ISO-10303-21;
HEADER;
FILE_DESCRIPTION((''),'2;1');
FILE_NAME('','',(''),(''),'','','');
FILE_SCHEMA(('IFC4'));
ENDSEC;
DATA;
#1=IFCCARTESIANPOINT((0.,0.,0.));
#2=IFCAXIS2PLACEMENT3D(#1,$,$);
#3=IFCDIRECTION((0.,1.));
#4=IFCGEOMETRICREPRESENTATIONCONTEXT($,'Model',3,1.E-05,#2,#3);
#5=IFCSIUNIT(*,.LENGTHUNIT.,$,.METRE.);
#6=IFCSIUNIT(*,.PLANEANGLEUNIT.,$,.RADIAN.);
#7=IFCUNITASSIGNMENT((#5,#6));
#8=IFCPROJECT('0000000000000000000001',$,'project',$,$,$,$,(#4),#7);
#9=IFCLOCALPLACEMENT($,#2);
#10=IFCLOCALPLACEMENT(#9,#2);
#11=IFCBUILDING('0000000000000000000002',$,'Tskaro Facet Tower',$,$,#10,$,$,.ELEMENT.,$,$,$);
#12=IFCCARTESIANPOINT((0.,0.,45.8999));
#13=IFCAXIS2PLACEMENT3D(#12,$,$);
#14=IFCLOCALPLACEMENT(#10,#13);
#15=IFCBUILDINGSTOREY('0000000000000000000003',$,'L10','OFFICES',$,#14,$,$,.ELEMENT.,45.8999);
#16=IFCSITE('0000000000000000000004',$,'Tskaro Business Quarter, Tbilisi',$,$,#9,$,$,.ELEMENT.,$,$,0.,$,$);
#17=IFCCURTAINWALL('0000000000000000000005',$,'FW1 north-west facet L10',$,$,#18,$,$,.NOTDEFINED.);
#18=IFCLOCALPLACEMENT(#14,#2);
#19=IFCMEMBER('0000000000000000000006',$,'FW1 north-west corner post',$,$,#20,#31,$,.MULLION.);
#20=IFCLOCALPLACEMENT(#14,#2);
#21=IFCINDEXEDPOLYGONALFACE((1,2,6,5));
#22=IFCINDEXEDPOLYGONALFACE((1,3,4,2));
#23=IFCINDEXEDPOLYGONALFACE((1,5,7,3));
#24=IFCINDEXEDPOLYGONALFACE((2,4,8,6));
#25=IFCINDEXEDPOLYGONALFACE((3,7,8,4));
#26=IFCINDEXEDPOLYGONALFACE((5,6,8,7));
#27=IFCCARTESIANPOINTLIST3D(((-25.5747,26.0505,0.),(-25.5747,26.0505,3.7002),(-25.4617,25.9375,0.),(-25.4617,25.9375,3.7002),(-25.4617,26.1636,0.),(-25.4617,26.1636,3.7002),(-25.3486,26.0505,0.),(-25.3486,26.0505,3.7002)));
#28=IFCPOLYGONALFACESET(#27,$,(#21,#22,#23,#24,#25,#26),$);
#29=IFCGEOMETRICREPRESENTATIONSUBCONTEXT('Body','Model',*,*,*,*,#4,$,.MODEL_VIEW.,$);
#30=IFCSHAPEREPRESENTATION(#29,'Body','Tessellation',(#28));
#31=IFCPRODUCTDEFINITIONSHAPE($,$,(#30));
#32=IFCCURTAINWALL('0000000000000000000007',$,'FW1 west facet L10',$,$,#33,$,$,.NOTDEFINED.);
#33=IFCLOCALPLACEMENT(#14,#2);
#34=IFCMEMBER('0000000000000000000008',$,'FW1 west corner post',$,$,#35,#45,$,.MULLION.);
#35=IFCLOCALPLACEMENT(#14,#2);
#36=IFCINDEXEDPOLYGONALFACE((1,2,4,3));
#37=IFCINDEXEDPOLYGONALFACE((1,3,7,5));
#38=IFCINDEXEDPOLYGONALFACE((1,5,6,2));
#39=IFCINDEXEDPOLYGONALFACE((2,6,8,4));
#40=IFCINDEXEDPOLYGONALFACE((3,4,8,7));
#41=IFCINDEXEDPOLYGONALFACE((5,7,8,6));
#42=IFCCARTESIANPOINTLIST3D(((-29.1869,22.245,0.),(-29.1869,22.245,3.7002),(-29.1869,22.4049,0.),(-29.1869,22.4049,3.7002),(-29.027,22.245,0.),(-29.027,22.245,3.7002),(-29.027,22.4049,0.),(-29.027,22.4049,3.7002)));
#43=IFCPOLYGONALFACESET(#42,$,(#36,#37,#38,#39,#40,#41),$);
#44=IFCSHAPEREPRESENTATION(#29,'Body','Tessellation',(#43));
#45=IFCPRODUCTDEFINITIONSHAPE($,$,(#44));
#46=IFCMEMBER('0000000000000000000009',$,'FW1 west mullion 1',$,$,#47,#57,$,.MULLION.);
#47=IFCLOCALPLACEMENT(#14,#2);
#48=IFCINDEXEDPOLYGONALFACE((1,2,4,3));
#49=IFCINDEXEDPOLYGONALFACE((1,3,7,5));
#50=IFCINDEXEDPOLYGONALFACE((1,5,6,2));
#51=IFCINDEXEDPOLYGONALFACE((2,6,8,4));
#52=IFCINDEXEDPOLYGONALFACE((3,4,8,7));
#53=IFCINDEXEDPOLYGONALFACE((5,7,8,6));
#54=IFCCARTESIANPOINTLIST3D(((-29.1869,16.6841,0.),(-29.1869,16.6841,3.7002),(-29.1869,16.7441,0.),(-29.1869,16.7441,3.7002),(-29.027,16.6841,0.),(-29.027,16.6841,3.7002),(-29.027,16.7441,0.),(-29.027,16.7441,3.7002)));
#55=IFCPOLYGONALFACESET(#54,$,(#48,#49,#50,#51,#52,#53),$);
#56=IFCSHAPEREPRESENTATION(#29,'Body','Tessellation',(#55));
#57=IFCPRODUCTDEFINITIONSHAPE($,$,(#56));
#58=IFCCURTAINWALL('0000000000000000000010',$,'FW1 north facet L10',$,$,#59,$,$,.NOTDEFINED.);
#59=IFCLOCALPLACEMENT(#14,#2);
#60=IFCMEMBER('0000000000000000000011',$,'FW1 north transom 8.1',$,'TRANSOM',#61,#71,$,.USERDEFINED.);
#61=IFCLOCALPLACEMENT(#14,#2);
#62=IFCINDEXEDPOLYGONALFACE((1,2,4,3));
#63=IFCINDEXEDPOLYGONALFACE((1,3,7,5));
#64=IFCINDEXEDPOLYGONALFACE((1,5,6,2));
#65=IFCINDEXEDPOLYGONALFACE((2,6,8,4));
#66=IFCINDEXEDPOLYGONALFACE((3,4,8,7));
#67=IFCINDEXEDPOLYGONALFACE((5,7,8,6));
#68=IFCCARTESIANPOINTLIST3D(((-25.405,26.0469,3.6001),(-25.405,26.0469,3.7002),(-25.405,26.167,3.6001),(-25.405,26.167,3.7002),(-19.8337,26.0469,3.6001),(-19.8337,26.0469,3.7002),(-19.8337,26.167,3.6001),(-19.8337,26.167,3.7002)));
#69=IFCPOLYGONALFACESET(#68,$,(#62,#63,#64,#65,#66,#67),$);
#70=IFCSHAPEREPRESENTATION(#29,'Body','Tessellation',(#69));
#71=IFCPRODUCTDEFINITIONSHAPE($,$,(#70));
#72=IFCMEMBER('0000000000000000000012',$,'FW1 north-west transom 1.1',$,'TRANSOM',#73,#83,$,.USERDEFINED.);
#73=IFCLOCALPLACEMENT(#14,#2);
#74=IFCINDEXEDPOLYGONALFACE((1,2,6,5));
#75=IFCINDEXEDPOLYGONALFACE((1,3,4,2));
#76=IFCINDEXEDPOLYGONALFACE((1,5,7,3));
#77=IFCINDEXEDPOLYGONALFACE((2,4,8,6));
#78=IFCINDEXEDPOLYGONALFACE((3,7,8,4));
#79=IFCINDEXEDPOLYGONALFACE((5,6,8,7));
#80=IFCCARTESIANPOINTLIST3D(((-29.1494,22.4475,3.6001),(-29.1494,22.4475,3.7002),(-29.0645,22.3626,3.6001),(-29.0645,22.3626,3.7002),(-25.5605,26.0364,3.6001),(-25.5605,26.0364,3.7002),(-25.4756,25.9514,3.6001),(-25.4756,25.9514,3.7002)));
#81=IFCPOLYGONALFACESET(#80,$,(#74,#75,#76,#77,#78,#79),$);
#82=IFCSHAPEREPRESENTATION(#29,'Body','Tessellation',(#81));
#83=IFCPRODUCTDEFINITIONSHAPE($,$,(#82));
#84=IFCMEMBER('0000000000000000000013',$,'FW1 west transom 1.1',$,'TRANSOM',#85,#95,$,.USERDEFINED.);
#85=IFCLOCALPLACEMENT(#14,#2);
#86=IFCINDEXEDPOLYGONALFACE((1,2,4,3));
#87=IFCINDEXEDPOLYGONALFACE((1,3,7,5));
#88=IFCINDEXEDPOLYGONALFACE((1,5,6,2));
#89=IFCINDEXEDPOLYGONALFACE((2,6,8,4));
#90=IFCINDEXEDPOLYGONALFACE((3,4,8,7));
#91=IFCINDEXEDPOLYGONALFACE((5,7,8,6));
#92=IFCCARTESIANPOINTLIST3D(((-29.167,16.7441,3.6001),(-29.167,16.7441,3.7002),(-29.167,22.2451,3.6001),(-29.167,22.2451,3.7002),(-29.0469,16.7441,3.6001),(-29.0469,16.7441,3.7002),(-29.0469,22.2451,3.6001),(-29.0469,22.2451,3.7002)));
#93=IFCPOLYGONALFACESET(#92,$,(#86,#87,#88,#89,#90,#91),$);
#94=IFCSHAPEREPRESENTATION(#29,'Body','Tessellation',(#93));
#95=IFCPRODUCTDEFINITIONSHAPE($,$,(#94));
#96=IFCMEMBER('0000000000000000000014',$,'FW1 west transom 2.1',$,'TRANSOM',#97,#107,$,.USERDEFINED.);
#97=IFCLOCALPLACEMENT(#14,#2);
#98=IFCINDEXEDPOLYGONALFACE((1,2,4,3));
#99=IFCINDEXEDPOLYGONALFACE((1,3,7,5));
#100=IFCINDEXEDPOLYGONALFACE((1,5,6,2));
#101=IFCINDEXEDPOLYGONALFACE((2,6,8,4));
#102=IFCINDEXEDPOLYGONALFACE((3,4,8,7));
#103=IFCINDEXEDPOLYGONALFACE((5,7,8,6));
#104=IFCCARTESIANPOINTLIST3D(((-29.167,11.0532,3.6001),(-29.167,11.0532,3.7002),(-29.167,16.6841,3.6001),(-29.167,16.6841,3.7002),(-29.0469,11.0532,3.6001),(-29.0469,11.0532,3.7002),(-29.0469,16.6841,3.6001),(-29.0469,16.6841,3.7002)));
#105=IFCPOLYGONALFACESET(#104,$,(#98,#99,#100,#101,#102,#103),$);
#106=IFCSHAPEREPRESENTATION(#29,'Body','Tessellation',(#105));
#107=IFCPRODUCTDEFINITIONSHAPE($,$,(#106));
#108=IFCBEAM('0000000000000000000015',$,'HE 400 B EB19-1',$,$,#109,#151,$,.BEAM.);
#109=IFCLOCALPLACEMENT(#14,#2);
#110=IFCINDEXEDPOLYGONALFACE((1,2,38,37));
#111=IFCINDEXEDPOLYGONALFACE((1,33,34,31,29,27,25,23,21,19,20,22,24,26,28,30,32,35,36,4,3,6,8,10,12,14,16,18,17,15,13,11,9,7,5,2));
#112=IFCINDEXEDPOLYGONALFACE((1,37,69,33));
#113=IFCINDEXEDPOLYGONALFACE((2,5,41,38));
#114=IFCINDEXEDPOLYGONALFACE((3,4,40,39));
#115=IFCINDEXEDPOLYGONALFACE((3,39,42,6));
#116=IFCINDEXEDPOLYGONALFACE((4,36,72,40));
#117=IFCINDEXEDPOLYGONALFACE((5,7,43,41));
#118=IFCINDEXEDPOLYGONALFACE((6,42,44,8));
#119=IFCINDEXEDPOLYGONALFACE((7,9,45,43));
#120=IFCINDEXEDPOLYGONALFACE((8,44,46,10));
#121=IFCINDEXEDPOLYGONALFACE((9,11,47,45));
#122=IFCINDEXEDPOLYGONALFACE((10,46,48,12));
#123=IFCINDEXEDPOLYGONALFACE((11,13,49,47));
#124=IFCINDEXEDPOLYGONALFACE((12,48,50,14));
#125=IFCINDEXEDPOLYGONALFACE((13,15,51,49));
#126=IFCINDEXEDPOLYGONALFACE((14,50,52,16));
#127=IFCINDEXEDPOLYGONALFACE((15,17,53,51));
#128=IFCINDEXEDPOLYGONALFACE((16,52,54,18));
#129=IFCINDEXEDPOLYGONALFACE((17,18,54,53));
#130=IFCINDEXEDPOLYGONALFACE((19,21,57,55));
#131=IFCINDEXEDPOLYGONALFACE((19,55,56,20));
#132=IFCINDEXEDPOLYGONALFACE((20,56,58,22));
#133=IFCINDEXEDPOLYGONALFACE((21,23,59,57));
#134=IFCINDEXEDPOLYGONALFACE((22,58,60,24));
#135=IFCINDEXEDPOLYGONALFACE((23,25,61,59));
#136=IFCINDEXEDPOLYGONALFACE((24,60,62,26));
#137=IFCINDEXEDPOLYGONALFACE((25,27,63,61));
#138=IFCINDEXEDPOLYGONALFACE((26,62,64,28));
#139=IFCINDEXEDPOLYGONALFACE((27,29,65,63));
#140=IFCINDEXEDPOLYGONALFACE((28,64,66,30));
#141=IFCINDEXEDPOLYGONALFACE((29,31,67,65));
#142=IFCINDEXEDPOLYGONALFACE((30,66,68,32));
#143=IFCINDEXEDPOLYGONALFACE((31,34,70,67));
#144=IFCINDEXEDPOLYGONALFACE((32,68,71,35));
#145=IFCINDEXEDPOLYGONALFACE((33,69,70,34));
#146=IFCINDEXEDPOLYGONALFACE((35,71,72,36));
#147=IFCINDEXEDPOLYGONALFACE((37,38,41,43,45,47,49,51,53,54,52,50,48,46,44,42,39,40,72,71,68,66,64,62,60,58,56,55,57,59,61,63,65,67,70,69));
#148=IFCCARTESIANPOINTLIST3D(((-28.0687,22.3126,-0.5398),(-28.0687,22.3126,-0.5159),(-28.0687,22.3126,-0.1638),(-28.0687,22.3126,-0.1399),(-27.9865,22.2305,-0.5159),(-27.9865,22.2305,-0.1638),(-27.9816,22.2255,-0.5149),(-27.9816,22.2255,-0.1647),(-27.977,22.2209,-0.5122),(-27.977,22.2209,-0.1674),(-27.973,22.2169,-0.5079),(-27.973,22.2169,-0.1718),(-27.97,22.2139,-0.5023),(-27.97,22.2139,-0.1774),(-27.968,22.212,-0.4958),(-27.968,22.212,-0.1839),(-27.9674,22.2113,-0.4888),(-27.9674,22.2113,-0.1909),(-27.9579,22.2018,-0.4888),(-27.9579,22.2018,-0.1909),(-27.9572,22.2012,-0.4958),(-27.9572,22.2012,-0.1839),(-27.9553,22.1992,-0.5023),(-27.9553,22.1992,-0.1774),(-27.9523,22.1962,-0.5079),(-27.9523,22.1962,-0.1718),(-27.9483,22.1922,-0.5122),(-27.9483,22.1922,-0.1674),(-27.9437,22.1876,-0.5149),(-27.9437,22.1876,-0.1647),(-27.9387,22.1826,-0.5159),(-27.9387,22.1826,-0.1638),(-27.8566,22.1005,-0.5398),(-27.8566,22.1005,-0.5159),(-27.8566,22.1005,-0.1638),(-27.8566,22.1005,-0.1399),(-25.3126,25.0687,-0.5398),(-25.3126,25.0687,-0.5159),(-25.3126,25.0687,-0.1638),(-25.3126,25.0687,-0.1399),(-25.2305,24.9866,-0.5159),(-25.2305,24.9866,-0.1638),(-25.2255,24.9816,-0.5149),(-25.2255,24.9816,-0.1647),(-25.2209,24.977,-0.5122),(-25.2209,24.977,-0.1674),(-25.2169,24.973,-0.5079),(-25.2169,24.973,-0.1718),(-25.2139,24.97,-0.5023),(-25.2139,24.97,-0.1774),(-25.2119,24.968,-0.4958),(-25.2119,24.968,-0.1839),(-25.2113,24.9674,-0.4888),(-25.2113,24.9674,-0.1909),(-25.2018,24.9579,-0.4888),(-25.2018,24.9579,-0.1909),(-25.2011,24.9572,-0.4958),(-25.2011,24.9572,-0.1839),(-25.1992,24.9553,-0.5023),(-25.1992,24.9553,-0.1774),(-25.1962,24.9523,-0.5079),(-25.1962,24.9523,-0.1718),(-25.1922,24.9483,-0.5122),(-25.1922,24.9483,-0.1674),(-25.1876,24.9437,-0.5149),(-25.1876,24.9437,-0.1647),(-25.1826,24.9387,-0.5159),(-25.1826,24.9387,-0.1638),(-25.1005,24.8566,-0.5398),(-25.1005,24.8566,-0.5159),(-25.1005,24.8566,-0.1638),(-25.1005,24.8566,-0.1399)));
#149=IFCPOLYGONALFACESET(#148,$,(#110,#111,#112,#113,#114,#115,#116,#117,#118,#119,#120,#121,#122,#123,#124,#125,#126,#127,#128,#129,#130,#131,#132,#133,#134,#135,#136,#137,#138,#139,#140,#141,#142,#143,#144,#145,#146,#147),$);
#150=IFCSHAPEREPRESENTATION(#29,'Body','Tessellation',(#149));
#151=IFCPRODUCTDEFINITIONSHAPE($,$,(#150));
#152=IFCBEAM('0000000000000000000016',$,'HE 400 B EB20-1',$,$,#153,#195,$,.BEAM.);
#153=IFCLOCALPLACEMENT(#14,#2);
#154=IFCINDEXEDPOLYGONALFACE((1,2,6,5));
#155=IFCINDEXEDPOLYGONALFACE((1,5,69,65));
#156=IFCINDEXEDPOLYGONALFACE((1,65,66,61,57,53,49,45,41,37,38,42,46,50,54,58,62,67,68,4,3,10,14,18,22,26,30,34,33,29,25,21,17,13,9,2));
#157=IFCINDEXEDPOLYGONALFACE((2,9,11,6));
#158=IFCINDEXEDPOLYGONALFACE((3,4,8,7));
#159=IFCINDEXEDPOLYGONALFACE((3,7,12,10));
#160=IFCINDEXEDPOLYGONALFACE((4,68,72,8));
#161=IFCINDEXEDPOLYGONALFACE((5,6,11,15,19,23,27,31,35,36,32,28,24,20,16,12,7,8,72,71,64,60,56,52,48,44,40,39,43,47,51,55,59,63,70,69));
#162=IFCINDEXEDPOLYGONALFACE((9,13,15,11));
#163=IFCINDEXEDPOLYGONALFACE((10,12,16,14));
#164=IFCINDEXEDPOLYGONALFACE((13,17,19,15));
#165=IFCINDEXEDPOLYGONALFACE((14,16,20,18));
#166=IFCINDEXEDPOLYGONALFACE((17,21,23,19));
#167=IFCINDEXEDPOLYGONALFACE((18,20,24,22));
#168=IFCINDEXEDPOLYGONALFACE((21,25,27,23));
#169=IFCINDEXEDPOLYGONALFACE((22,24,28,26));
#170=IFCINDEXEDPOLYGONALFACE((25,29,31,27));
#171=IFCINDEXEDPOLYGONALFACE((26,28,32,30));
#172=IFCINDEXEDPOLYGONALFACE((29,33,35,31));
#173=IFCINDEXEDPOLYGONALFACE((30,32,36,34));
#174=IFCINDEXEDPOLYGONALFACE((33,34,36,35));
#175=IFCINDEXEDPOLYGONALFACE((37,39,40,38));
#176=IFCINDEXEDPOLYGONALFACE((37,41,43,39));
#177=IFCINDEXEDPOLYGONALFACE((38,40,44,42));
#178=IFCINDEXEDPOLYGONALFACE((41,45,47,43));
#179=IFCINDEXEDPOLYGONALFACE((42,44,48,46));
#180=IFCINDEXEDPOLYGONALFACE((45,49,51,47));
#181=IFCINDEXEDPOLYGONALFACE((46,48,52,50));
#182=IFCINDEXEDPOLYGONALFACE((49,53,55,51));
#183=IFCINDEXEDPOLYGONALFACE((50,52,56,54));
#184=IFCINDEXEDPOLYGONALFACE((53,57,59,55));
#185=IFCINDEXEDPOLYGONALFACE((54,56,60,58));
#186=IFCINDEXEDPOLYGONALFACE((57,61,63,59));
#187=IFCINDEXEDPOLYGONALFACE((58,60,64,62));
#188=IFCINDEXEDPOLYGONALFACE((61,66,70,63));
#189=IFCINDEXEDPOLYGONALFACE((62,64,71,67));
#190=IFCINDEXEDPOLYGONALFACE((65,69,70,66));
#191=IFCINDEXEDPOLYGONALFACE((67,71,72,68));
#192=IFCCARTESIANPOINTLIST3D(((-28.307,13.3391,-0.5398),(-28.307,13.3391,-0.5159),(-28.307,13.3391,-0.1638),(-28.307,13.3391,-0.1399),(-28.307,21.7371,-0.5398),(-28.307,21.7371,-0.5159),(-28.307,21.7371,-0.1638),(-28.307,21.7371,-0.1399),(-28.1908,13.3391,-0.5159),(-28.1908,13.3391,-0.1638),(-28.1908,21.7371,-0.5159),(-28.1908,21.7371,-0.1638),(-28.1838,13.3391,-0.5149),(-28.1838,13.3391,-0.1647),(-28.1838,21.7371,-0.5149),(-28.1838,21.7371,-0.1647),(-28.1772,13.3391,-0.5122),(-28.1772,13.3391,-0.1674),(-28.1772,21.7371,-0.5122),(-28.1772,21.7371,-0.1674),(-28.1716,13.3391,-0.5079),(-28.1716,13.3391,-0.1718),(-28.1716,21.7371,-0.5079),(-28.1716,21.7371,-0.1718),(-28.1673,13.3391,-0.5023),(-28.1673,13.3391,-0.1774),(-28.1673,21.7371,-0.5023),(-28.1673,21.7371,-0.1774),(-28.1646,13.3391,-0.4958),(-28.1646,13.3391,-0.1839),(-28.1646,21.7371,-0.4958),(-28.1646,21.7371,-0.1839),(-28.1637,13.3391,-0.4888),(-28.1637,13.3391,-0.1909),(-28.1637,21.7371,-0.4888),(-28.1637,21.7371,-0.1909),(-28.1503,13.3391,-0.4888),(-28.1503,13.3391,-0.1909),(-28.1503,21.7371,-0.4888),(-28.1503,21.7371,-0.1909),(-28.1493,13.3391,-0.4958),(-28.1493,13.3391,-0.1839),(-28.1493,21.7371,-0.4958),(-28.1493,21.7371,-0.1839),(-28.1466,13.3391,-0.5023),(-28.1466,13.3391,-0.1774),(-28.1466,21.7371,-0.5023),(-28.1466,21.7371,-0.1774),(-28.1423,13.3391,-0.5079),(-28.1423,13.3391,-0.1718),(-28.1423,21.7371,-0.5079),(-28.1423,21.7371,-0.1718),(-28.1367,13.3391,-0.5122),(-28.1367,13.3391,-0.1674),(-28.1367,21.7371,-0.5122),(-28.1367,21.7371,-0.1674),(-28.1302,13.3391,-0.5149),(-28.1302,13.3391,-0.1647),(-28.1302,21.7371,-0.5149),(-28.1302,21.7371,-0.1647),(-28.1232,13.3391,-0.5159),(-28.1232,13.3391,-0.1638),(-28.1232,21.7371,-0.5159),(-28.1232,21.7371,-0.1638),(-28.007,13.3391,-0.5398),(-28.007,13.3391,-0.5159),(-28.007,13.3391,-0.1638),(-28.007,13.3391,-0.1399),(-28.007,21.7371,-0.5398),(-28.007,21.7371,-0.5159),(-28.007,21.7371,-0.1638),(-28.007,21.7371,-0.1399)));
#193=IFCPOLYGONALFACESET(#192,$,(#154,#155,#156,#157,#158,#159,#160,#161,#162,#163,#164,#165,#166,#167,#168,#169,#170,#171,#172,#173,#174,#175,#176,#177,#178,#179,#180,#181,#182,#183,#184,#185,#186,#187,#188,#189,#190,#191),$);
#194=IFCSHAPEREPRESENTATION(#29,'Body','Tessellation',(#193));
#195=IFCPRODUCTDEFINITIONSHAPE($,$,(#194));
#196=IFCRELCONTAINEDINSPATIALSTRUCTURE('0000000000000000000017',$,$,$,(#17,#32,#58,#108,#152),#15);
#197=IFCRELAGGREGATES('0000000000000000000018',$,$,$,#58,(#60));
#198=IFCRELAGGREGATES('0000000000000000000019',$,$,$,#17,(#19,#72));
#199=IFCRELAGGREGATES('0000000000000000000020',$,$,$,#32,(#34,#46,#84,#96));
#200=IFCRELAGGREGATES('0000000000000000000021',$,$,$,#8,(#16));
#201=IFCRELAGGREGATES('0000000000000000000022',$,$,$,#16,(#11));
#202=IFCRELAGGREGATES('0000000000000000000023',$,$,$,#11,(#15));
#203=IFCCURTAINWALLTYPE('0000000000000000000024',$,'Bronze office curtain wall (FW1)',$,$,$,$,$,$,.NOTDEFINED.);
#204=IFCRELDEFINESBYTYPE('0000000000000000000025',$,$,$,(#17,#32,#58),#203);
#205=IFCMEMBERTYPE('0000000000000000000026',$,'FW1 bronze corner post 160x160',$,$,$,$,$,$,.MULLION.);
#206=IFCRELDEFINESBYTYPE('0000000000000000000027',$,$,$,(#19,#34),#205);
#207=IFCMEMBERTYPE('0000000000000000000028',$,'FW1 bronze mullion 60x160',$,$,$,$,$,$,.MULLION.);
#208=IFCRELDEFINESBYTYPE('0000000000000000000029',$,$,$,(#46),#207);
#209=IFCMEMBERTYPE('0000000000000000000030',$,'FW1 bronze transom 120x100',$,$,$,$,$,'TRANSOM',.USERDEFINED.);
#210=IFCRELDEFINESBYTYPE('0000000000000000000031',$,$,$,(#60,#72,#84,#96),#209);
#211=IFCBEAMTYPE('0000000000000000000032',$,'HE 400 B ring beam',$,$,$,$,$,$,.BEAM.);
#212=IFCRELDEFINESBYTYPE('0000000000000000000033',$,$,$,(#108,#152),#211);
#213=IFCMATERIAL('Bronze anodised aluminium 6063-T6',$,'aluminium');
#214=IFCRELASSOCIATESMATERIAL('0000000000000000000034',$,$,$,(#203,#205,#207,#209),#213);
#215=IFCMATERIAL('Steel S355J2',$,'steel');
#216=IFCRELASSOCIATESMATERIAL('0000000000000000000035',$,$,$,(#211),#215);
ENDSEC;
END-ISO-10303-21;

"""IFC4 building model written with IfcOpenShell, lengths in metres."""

from ifc_helpers import new_model, si_unit, direction, frame, origin, origin_2d, place, context, subcontext, project, spatial, rectangle, i_section, extrude, material, material_profile, profile_set, type_object, element, aggregate, save


model = new_model("IFC4")

# Units and contexts
model_context = context("Model", 3, precision=1e-05, world=origin(), true_north=direction((0.0, 1.0)))
body_context = subcontext(model_context, "Body", "Model", "MODEL_VIEW")
ifc_project = project(units=[si_unit("LENGTHUNIT", "METRE"), si_unit("PLANEANGLEUNIT", "RADIAN")], contexts=[model_context])

# Site, building, storey
site_placement = place(None, origin())
site = spatial("IfcSite", under=ifc_project, at=site_placement, Name="Tskaro Business Quarter, Tbilisi", CompositionType="ELEMENT", RefElevation=0.0)
building_placement = place(site_placement, origin())
building = spatial("IfcBuilding", under=site, at=building_placement, Name="Tskaro Facet Tower", CompositionType="ELEMENT")
storey_placement = place(building_placement, frame((0.0, 0.0, 45.8999)))
storey = spatial("IfcBuildingStorey", under=building, at=storey_placement, Name="L10", Description="OFFICES", CompositionType="ELEMENT", Elevation=45.8999)

# Curtain wall, member
ifc_material_1 = material(Name="Bronze anodised aluminium 6063-T6", Category="aluminium")
curtain_wall_type = type_object("IfcCurtainWallType", Name="Bronze office curtain wall (FW1)", PredefinedType="NOTDEFINED", material=ifc_material_1)
curtain_wall_1_placement = place(storey_placement, origin())
curtain_wall_1 = element("IfcCurtainWall", 1, at=curtain_wall_1_placement, inside=storey, type_object=curtain_wall_type, Name="FW1 north-west facet L10", PredefinedType="NOTDEFINED")
ifc_material_profile_1 = material_profile(ifc_material_1, rectangle(XDim=0.1599, YDim=0.1599, at=origin_2d()), Name="Corner post 160x160")
ifc_profile_set_1 = profile_set([ifc_material_profile_1], Name="Bronze anodised aluminium 6063-T6")
member_type_1 = type_object("IfcMemberType", Name="FW1 bronze corner post 160x160", PredefinedType="MULLION", material=ifc_profile_set_1)
member_1_placement = place(storey_placement, frame((-25.4617, 26.0505, 0.0), z_axis=(0.0, 0.0, 1.0), x_axis=(-0.707107, -0.707107, 0.0)))
member_1 = element("IfcMember", 2, at=member_1_placement, type_object=member_type_1, Name="FW1 north-west corner post", PredefinedType="MULLION", context=body_context, shape_type="SweptSolid", body=[
    extrude(rectangle(XDim=0.1599, YDim=0.1599, at=origin_2d()), origin(), (0.0, 0.0, 1.0), 3.7002),
])

# Curtain wall, members
curtain_wall_2_placement = place(storey_placement, origin())
curtain_wall_2 = element("IfcCurtainWall", 3, at=curtain_wall_2_placement, inside=storey, type_object=curtain_wall_type, Name="FW1 west facet L10", PredefinedType="NOTDEFINED")
member_2_placement = place(storey_placement, frame((-29.1069, 22.325, 0.0), z_axis=(0.0, 0.0, 1.0), x_axis=(0.0, -1.0, 0.0)))
member_2 = element("IfcMember", 4, at=member_2_placement, type_object=member_type_1, Name="FW1 west corner post", PredefinedType="MULLION", context=body_context, shape_type="SweptSolid", body=[
    extrude(rectangle(XDim=0.1599, YDim=0.1599, at=origin_2d()), origin(), (0.0, 0.0, 1.0), 3.7002),
])
ifc_material_profile_2 = material_profile(ifc_material_1, rectangle(XDim=0.0601, YDim=0.1599, at=origin_2d()), Name="Mullion 60x160")
ifc_profile_set_2 = profile_set([ifc_material_profile_2], Name="Bronze anodised aluminium 6063-T6")
member_type_2 = type_object("IfcMemberType", Name="FW1 bronze mullion 60x160", PredefinedType="MULLION", material=ifc_profile_set_2)
member_3_placement = place(storey_placement, frame((-29.1069, 16.7141, 0.0), z_axis=(0.0, 0.0, 1.0), x_axis=(0.0, -1.0, 0.0)))
member_3 = element("IfcMember", 5, at=member_3_placement, type_object=member_type_2, Name="FW1 west mullion 1", PredefinedType="MULLION", context=body_context, shape_type="SweptSolid", body=[
    extrude(rectangle(XDim=0.0601, YDim=0.1599, at=origin_2d()), origin(), (0.0, 0.0, 1.0), 3.7002),
])

# Curtain wall, member
curtain_wall_3_placement = place(storey_placement, origin())
curtain_wall_3 = element("IfcCurtainWall", 6, at=curtain_wall_3_placement, inside=storey, type_object=curtain_wall_type, Name="FW1 north facet L10", PredefinedType="NOTDEFINED")
ifc_material_profile_3 = material_profile(ifc_material_1, rectangle(XDim=0.1201, YDim=0.1001, at=origin_2d()), Name="Transom 120x100")
ifc_profile_set_3 = profile_set([ifc_material_profile_3], Name="Bronze anodised aluminium 6063-T6")
member_type_3 = type_object("IfcMemberType", Name="FW1 bronze transom 120x100", ElementType="TRANSOM", PredefinedType="USERDEFINED", material=ifc_profile_set_3)
member_4_placement = place(storey_placement, frame((-19.8337, 26.1069, 3.6501), z_axis=(-1.0, 0.0, 0.0), x_axis=(0.0, -1.0, 0.0)))
member_4 = element("IfcMember", 7, at=member_4_placement, type_object=member_type_3, Name="FW1 north transom 8.1", ObjectType="TRANSOM", PredefinedType="USERDEFINED", context=body_context, shape_type="SweptSolid", body=[
    extrude(rectangle(XDim=0.1201, YDim=0.1001, at=origin_2d()), origin(), (0.0, 0.0, 1.0), 5.5713),
])

# Members
member_5_placement = place(storey_placement, frame((-25.5181, 25.9939, 3.6501), z_axis=(-0.707107, -0.707107, 0.0), x_axis=(0.707107, -0.707107, 0.0)))
member_5 = element("IfcMember", 8, at=member_5_placement, type_object=member_type_3, Name="FW1 north-west transom 1.1", ObjectType="TRANSOM", PredefinedType="USERDEFINED", context=body_context, shape_type="SweptSolid", body=[
    extrude(rectangle(XDim=0.1201, YDim=0.1001, at=origin_2d()), origin(), (0.0, 0.0, 1.0), 5.0754),
])
member_6_placement = place(storey_placement, frame((-29.1069, 22.2451, 3.6501), z_axis=(0.0, -1.0, 0.0), x_axis=(1.0, 0.0, 0.0)))
member_6 = element("IfcMember", 9, at=member_6_placement, type_object=member_type_3, Name="FW1 west transom 1.1", ObjectType="TRANSOM", PredefinedType="USERDEFINED", context=body_context, shape_type="SweptSolid", body=[
    extrude(rectangle(XDim=0.1201, YDim=0.1001, at=origin_2d()), origin(), (0.0, 0.0, 1.0), 5.501),
])
member_7_placement = place(storey_placement, frame((-29.1069, 16.6841, 3.6501), z_axis=(0.0, -1.0, 0.0), x_axis=(1.0, 0.0, 0.0)))
member_7 = element("IfcMember", 10, at=member_7_placement, type_object=member_type_3, Name="FW1 west transom 2.1", ObjectType="TRANSOM", PredefinedType="USERDEFINED", context=body_context, shape_type="SweptSolid", body=[
    extrude(rectangle(XDim=0.1201, YDim=0.1001, at=origin_2d()), origin(), (0.0, 0.0, 1.0), 5.6309),
])

# Beams
ifc_material_2 = material(Name="Steel S355J2", Category="steel")
ifc_material_profile_4 = material_profile(ifc_material_2, i_section(OverallWidth=0.3, OverallDepth=0.3999, WebThickness=0.0134, FlangeThickness=0.0239, FilletRadius=0.0271, at=origin_2d()), Name="HE 400 B")
ifc_profile_set_4 = profile_set([ifc_material_profile_4], Name="Steel S355J2")
beam_type_1 = type_object("IfcBeamType", Name="HE 400 B ring beam", PredefinedType="BEAM", material=ifc_profile_set_4)
beam_1_placement = place(storey_placement, frame((-25.2065, 24.9626, -0.3398), z_axis=(-0.707107, -0.707107, 0.0), x_axis=(0.707107, -0.707107, 0.0)))
element("IfcBeam", 11, at=beam_1_placement, inside=storey, type_object=beam_type_1, Name="HE 400 B EB19-1", PredefinedType="BEAM", context=body_context, shape_type="SweptSolid", body=[
    extrude(i_section(OverallWidth=0.3, OverallDepth=0.3999, WebThickness=0.0134, FlangeThickness=0.0239, FilletRadius=0.0271, at=origin_2d()), origin(), (0.0, 0.0, 1.0), 3.8977),
])
beam_2_placement = place(storey_placement, frame((-28.157, 21.7371, -0.3398), z_axis=(0.0, -1.0, 0.0), x_axis=(1.0, 0.0, 0.0)))
element("IfcBeam", 12, at=beam_2_placement, inside=storey, type_object=beam_type_1, Name="HE 400 B EB20-1", PredefinedType="BEAM", context=body_context, shape_type="SweptSolid", body=[
    extrude(i_section(OverallWidth=0.3, OverallDepth=0.3999, WebThickness=0.0134, FlangeThickness=0.0239, FilletRadius=0.0271, at=origin_2d()), origin(), (0.0, 0.0, 1.0), 8.3979),
])

aggregate(curtain_wall_3, [member_4])
aggregate(curtain_wall_1, [member_1, member_5])
aggregate(curtain_wall_2, [member_2, member_3, member_6, member_7])

save(model, "model.ifc")
